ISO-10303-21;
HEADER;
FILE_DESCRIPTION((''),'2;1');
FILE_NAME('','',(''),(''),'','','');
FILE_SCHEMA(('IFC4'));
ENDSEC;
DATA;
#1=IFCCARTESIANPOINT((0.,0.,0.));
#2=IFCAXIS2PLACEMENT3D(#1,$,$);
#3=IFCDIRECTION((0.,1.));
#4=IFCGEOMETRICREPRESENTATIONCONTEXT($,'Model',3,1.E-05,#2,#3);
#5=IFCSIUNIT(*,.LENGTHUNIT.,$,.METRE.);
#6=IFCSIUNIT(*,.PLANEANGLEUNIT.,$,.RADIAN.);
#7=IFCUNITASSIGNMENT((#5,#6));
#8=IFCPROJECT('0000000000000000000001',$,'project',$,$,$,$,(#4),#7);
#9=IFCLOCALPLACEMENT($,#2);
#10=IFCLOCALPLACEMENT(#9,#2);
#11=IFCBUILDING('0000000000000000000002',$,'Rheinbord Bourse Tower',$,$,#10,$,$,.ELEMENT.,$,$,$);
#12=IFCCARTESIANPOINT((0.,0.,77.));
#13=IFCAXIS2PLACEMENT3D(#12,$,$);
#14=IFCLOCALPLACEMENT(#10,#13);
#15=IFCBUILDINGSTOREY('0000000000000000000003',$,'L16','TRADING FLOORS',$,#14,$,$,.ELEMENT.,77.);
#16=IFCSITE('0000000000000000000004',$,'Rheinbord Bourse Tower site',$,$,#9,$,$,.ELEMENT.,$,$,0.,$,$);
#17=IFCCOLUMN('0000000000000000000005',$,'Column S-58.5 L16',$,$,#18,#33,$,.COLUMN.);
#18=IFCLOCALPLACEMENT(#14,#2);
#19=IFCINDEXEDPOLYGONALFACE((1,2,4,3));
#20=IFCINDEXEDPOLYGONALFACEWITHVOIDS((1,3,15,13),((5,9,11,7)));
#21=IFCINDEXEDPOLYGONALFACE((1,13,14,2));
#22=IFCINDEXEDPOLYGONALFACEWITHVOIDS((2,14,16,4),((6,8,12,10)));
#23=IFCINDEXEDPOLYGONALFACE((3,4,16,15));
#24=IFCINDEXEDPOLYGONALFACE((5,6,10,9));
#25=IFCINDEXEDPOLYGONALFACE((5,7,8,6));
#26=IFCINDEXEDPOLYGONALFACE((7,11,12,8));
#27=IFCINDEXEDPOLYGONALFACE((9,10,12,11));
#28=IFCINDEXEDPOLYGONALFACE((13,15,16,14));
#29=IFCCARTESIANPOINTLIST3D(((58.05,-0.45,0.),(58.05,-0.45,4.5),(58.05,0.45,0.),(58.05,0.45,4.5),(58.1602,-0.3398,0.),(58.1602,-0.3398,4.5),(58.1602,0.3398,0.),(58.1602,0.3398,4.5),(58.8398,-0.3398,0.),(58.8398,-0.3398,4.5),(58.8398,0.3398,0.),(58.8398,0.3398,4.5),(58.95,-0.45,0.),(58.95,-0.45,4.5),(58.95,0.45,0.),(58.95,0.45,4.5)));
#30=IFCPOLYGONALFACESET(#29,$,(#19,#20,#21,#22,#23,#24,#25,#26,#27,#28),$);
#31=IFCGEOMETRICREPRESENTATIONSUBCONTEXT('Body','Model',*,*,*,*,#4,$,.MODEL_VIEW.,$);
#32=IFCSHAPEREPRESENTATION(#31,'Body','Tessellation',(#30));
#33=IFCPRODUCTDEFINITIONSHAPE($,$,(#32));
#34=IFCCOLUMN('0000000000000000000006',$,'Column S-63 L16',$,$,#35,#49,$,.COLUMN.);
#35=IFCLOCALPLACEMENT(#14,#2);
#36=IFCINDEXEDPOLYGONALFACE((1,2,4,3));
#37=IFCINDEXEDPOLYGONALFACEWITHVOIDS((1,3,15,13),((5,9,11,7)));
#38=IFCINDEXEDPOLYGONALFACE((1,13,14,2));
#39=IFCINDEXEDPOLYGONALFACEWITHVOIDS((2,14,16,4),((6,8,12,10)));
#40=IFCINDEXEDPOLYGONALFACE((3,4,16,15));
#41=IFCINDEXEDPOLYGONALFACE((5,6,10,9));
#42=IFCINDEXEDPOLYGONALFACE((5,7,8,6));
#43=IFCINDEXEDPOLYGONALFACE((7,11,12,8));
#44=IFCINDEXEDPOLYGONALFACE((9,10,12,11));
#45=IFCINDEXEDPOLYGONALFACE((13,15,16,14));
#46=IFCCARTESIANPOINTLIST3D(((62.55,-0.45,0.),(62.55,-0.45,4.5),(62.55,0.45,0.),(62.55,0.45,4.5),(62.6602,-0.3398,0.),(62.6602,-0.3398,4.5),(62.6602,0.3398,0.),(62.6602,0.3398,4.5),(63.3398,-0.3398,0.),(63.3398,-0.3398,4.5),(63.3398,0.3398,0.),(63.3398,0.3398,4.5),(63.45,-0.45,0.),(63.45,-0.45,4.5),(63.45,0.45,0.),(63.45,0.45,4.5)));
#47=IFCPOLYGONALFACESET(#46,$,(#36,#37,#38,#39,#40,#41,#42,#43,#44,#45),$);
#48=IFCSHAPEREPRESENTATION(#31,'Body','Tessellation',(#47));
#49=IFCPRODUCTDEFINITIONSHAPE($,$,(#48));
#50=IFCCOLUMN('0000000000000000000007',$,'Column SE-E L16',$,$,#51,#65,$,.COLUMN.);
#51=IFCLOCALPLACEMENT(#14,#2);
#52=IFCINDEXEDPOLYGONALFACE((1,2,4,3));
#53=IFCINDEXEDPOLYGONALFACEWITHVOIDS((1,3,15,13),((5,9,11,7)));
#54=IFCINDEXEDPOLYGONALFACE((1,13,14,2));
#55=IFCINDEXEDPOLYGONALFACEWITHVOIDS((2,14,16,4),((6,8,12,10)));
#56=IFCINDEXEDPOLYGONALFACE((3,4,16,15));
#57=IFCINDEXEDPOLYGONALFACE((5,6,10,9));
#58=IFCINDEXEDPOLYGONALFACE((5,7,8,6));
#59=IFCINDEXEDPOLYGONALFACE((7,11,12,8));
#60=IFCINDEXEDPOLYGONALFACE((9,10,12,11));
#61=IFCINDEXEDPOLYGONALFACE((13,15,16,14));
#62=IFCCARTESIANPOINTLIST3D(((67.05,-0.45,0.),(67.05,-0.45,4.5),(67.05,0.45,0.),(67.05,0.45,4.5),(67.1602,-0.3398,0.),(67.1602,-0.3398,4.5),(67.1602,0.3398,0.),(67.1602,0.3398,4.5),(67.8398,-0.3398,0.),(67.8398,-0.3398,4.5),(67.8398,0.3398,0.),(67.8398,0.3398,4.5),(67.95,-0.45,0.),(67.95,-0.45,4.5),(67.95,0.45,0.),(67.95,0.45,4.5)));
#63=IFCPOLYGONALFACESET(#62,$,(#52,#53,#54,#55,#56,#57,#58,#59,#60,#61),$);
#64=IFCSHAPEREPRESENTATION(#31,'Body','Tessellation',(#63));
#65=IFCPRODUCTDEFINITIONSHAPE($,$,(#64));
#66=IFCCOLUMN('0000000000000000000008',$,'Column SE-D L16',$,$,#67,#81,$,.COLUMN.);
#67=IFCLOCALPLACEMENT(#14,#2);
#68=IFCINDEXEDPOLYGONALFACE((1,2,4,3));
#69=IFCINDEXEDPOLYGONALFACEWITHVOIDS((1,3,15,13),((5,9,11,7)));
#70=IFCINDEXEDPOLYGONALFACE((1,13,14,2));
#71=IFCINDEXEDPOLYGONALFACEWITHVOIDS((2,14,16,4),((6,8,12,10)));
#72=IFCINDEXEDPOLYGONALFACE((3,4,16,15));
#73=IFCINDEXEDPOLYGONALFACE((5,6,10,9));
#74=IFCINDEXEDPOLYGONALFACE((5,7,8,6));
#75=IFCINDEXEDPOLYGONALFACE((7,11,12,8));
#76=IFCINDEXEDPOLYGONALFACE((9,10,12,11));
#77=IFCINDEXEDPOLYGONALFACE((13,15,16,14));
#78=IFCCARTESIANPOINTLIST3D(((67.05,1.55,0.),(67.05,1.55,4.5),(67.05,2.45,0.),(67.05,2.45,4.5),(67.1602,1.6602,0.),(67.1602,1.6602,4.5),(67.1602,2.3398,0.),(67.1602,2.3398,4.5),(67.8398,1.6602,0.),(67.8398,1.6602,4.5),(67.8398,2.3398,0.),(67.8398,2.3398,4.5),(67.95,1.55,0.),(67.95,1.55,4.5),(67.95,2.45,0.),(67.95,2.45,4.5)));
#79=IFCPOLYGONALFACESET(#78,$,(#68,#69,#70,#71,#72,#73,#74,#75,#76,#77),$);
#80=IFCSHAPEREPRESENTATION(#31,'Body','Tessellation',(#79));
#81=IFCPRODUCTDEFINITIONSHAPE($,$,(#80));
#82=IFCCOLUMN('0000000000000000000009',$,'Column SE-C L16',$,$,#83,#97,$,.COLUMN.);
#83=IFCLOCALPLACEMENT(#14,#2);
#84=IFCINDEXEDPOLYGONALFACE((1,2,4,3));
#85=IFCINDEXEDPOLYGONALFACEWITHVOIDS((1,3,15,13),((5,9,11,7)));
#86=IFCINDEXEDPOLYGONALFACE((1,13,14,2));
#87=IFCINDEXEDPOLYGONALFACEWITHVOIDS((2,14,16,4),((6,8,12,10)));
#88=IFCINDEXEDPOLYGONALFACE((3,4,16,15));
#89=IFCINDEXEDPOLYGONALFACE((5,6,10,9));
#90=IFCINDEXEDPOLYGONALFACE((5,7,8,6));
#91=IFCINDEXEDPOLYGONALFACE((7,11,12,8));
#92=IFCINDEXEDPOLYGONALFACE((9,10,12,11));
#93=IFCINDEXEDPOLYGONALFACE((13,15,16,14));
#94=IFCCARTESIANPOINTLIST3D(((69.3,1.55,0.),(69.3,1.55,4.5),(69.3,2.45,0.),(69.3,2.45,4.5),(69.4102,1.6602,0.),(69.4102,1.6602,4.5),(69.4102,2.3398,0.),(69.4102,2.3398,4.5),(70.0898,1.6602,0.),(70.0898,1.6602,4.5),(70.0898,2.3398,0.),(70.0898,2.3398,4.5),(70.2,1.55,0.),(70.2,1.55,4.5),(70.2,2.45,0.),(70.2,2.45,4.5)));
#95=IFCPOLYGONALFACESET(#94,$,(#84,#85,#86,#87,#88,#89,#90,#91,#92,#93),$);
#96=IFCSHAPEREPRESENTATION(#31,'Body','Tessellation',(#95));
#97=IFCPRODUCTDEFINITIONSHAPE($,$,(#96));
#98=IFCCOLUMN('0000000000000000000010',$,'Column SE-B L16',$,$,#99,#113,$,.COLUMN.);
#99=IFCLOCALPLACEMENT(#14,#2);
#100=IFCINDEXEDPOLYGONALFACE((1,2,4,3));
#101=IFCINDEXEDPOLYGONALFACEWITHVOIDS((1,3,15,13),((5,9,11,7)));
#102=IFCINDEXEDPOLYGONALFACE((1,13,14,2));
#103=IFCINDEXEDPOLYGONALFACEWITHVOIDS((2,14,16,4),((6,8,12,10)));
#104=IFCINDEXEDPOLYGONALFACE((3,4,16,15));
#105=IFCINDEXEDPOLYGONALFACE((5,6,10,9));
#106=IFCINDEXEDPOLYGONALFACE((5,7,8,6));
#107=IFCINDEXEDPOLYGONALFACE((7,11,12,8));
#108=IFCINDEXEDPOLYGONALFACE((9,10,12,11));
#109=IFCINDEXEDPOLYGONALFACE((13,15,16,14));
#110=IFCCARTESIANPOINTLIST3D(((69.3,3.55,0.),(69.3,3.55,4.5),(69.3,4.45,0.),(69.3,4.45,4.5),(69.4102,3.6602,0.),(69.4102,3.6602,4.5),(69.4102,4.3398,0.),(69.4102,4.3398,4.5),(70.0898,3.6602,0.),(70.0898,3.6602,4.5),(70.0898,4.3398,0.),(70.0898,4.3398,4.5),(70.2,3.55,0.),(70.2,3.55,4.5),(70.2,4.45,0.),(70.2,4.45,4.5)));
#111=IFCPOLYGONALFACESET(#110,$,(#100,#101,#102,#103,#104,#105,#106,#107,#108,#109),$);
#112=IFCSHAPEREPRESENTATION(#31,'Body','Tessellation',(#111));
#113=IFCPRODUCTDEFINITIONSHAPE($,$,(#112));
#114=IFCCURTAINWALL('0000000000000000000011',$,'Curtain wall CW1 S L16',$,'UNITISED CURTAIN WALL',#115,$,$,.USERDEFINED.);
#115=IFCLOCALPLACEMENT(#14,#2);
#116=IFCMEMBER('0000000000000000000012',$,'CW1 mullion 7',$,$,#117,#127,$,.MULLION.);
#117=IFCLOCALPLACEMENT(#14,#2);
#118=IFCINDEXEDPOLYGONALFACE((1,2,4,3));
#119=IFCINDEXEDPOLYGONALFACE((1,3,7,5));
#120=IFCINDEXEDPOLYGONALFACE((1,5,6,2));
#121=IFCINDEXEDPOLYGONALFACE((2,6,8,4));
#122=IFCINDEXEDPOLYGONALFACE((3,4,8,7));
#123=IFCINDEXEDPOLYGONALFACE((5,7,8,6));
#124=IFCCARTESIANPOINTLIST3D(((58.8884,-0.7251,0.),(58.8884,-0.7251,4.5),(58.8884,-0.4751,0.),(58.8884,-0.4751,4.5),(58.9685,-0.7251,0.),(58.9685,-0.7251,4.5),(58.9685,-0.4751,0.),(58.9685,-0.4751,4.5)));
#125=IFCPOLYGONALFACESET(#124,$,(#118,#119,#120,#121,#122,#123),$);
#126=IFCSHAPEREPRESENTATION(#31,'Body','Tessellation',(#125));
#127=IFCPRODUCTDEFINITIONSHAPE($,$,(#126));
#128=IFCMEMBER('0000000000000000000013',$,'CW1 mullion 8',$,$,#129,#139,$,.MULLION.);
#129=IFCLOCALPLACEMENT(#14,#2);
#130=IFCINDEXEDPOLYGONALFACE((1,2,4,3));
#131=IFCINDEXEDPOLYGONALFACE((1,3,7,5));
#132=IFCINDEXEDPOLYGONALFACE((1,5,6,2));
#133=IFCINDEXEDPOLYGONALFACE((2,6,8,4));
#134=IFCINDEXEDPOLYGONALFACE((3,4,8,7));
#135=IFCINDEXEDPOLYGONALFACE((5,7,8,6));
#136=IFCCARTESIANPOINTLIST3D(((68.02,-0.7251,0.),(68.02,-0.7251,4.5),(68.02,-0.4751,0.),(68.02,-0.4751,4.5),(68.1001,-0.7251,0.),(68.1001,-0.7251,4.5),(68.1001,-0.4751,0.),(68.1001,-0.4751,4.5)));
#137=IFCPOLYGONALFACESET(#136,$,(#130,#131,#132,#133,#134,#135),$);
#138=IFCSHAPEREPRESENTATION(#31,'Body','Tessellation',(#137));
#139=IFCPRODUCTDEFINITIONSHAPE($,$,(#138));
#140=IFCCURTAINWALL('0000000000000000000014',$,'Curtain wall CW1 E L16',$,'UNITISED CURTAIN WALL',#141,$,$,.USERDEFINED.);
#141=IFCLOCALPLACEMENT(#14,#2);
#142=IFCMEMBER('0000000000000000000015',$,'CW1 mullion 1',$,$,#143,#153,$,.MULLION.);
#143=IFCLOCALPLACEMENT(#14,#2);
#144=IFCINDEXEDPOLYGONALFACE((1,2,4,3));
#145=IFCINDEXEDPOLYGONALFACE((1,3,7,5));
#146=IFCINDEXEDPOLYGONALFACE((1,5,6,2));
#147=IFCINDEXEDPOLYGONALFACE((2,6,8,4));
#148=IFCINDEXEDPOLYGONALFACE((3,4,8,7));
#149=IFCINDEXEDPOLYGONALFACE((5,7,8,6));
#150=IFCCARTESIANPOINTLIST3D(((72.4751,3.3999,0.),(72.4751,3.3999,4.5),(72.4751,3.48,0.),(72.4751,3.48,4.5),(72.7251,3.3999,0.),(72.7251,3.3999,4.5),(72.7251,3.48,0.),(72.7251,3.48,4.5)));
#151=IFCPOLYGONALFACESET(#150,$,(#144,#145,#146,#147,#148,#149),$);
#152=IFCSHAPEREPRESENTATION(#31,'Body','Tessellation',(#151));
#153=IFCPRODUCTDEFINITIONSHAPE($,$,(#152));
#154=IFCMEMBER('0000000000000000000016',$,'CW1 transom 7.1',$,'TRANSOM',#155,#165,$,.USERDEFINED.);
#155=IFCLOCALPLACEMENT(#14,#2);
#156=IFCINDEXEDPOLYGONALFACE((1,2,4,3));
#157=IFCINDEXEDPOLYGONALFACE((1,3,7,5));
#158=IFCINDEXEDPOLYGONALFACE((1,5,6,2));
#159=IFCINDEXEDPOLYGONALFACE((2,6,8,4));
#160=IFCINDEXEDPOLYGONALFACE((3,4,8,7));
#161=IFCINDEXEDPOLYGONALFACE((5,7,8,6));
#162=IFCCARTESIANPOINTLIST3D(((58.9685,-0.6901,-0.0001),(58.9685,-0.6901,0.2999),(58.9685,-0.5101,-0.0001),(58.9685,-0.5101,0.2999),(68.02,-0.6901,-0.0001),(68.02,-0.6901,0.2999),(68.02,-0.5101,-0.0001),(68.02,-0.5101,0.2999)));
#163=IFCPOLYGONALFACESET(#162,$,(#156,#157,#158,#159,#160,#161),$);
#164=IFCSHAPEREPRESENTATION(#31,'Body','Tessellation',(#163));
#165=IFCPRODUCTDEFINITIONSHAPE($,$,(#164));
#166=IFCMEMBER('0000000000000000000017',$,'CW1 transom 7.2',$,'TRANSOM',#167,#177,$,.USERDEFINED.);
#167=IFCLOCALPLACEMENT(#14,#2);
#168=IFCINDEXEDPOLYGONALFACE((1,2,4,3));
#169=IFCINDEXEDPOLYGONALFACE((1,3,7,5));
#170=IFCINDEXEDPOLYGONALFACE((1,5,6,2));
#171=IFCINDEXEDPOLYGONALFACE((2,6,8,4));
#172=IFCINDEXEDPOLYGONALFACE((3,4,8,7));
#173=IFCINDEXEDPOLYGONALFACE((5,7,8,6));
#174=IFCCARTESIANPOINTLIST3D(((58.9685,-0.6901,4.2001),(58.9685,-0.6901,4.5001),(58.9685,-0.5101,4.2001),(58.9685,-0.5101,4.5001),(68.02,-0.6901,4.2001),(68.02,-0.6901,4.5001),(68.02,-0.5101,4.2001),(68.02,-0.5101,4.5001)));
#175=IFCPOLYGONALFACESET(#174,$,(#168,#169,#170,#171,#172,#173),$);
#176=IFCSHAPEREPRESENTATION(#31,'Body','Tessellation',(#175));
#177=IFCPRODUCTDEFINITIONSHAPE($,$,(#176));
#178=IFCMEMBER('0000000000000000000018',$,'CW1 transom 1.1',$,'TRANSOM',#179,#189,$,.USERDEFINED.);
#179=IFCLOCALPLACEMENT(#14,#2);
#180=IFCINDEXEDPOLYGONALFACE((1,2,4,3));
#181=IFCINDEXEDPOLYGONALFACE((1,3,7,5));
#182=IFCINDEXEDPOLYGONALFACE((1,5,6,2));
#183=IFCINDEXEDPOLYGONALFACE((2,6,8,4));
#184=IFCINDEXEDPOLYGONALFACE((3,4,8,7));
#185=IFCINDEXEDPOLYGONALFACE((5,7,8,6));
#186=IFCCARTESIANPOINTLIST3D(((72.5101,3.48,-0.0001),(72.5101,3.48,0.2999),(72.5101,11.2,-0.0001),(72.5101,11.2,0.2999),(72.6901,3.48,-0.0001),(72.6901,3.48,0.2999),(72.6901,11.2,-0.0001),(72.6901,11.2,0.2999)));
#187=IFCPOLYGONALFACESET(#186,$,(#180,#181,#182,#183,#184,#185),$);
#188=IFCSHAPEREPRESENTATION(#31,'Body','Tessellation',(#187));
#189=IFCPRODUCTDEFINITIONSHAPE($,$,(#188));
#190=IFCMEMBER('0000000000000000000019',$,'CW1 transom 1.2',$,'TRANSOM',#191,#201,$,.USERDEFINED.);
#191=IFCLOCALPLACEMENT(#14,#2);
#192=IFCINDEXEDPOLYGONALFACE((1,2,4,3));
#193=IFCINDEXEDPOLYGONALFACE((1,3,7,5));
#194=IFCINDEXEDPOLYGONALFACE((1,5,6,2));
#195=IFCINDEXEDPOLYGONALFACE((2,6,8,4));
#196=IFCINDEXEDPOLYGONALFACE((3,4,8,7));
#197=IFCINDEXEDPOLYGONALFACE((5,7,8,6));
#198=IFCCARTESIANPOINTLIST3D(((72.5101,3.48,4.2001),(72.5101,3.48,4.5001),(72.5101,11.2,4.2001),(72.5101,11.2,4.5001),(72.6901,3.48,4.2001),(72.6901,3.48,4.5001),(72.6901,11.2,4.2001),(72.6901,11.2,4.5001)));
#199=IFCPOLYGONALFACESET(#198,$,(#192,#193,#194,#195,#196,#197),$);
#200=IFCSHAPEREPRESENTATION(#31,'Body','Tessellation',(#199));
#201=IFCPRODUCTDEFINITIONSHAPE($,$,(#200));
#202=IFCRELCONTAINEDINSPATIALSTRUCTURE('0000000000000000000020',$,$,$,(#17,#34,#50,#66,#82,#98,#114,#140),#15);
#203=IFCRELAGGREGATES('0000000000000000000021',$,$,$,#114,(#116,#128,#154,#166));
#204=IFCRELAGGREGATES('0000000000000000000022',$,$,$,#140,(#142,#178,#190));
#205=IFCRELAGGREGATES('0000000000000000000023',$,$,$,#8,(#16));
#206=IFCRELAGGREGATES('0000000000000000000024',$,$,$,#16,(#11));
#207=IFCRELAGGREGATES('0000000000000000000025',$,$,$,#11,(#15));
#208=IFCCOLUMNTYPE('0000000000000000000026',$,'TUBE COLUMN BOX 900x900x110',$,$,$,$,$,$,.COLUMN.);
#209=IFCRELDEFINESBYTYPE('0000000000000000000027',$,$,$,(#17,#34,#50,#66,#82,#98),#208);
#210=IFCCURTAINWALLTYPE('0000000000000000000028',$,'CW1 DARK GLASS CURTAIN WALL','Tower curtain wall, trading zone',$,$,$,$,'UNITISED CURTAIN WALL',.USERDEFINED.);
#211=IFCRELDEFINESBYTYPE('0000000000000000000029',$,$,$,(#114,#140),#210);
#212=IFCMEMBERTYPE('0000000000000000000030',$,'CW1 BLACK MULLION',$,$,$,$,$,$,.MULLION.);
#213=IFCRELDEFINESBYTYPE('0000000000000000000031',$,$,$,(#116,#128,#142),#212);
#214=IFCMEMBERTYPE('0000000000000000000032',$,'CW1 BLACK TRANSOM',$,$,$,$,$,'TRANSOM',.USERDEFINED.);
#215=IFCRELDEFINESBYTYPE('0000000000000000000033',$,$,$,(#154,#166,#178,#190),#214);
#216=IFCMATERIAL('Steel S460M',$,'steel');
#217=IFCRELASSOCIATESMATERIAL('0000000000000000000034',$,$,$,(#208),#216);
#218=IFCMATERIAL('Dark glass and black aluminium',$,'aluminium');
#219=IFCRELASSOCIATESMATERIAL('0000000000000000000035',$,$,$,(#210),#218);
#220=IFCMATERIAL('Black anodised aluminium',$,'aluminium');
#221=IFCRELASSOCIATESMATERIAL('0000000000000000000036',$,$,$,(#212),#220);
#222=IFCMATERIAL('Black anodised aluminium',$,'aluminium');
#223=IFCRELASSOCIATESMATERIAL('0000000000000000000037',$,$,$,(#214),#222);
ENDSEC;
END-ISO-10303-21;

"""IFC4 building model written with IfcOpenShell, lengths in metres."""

from ifc_helpers import new_model, si_unit, direction, frame, origin, origin_2d, place, context, subcontext, project, spatial, rectangle, hollow_rectangle, extrude, material, material_profile, profile_set, type_object, element, aggregate, save


model = new_model("IFC4")

# Units and contexts
model_context = context("Model", 3, precision=1e-05, world=origin(), true_north=direction((0.0, 1.0)))
body_context = subcontext(model_context, "Body", "Model", "MODEL_VIEW")
ifc_project = project(units=[si_unit("LENGTHUNIT", "METRE"), si_unit("PLANEANGLEUNIT", "RADIAN")], contexts=[model_context])

# Site, building, storey
site_placement = place(None, origin())
site = spatial("IfcSite", under=ifc_project, at=site_placement, Name="Rheinbord Bourse Tower site", CompositionType="ELEMENT", RefElevation=0.0)
building_placement = place(site_placement, origin())
building = spatial("IfcBuilding", under=site, at=building_placement, Name="Rheinbord Bourse Tower", CompositionType="ELEMENT")
storey_placement = place(building_placement, frame((0.0, 0.0, 77.0)))
storey = spatial("IfcBuildingStorey", under=building, at=storey_placement, Name="L16", Description="TRADING FLOORS", CompositionType="ELEMENT", Elevation=77.0)

# Columns
ifc_material_1 = material(Name="Steel S460M", Category="steel")
ifc_material_profile_1 = material_profile(ifc_material_1, hollow_rectangle(XDim=0.8999, YDim=0.8999, WallThickness=0.1101, at=origin_2d()), Name="BOX 900x900x110")
ifc_profile_set_1 = profile_set([ifc_material_profile_1], Name="Steel S460M")
column_type = type_object("IfcColumnType", Name="TUBE COLUMN BOX 900x900x110", PredefinedType="COLUMN", material=ifc_profile_set_1)
for number, where, z_axis, x_axis, name in (
    (1, (58.5, 0.0, 0.0), (0.0, 0.0, 1.0), (0.0, 1.0, 0.0), "Column S-58.5 L16"),
    (2, (63.0, 0.0, 0.0), (0.0, 0.0, 1.0), (0.0, 1.0, 0.0), "Column S-63 L16"),
    (3, (67.5, 0.0, 0.0), (0.0, 0.0, 1.0), (0.0, 1.0, 0.0), "Column SE-E L16"),
    (4, (67.5, 2.0, 0.0), (0.0, 0.0, 1.0), (0.0, 1.0, 0.0), "Column SE-D L16"),
    (5, (69.75, 2.0, 0.0), (0.0, 0.0, 1.0), (1.0, 0.0, 0.0), "Column SE-C L16"),
    (6, (69.75, 4.0, 0.0), (0.0, 0.0, 1.0), (1.0, 0.0, 0.0), "Column SE-B L16"),
):
    element("IfcColumn", number, at=place(storey_placement, frame(where, z_axis=z_axis, x_axis=x_axis)), inside=storey, type_object=column_type, Name=name, PredefinedType="COLUMN", context=body_context, shape_type="SweptSolid", body=[
        extrude(hollow_rectangle(XDim=0.8999, YDim=0.8999, WallThickness=0.1101, at=origin_2d()), origin(), (0.0, 0.0, 1.0), 4.5),
    ])

# Curtain wall, members
ifc_material_2 = material(Name="Dark glass and black aluminium", Category="aluminium")
curtain_wall_type = type_object("IfcCurtainWallType", Name="CW1 DARK GLASS CURTAIN WALL", Description="Tower curtain wall, trading zone", ElementType="UNITISED CURTAIN WALL", PredefinedType="USERDEFINED", material=ifc_material_2)
curtain_wall_1_placement = place(storey_placement, origin())
curtain_wall_1 = element("IfcCurtainWall", 7, at=curtain_wall_1_placement, inside=storey, type_object=curtain_wall_type, Name="Curtain wall CW1 S L16", ObjectType="UNITISED CURTAIN WALL", PredefinedType="USERDEFINED")
ifc_material_3 = material(Name="Black anodised aluminium", Category="aluminium")
ifc_material_profile_2 = material_profile(ifc_material_3, rectangle(XDim=0.25, YDim=0.0801, at=origin_2d()), Name="CW1 MULLION 80x250")
ifc_profile_set_2 = profile_set([ifc_material_profile_2], Name="Black anodised aluminium")
member_type_1 = type_object("IfcMemberType", Name="CW1 BLACK MULLION", PredefinedType="MULLION", material=ifc_profile_set_2)
member_1_placement = place(storey_placement, frame((58.9285, -0.6001, 0.0), z_axis=(0.0, 0.0, 1.0), x_axis=(0.0, 1.0, 0.0)))
member_1 = element("IfcMember", 8, at=member_1_placement, type_object=member_type_1, Name="CW1 mullion 7", PredefinedType="MULLION", context=body_context, shape_type="SweptSolid", body=[
    extrude(rectangle(XDim=0.25, YDim=0.0801, at=origin_2d()), origin(), (0.0, 0.0, 1.0), 4.5),
])
member_2_placement = place(storey_placement, frame((68.0601, -0.6001, 0.0), z_axis=(0.0, 0.0, 1.0), x_axis=(0.0, 1.0, 0.0)))
member_2 = element("IfcMember", 9, at=member_2_placement, type_object=member_type_1, Name="CW1 mullion 8", PredefinedType="MULLION", context=body_context, shape_type="SweptSolid", body=[
    extrude(rectangle(XDim=0.25, YDim=0.0801, at=origin_2d()), origin(), (0.0, 0.0, 1.0), 4.5),
])

# Curtain wall, member
curtain_wall_2_placement = place(storey_placement, origin())
curtain_wall_2 = element("IfcCurtainWall", 10, at=curtain_wall_2_placement, inside=storey, type_object=curtain_wall_type, Name="Curtain wall CW1 E L16", ObjectType="UNITISED CURTAIN WALL", PredefinedType="USERDEFINED")
member_3_placement = place(storey_placement, frame((72.6001, 3.4399, 0.0), z_axis=(0.0, 0.0, 1.0), x_axis=(-1.0, 0.0, 0.0)))
member_3 = element("IfcMember", 11, at=member_3_placement, type_object=member_type_1, Name="CW1 mullion 1", PredefinedType="MULLION", context=body_context, shape_type="SweptSolid", body=[
    extrude(rectangle(XDim=0.25, YDim=0.0801, at=origin_2d()), origin(), (0.0, 0.0, 1.0), 4.5),
])

# Members
ifc_material_4 = material(Name="Black anodised aluminium", Category="aluminium")
ifc_material_profile_3 = material_profile(ifc_material_4, rectangle(XDim=0.1799, YDim=0.3, at=origin_2d()), Name="CW1 TRANSOM 300x180")
ifc_profile_set_3 = profile_set([ifc_material_profile_3], Name="Black anodised aluminium")
member_type_2 = type_object("IfcMemberType", Name="CW1 BLACK TRANSOM", ElementType="TRANSOM", PredefinedType="USERDEFINED", material=ifc_profile_set_3)
member_4_placement = place(storey_placement, frame((58.9685, -0.6001, 0.1499), z_axis=(1.0, 0.0, 0.0), x_axis=(0.0, 1.0, 0.0)))
member_4 = element("IfcMember", 12, at=member_4_placement, type_object=member_type_2, Name="CW1 transom 7.1", ObjectType="TRANSOM", PredefinedType="USERDEFINED", context=body_context, shape_type="SweptSolid", body=[
    extrude(rectangle(XDim=0.1799, YDim=0.3, at=origin_2d()), origin(), (0.0, 0.0, 1.0), 9.0515),
])
member_5_placement = place(storey_placement, frame((58.9685, -0.6001, 4.3501), z_axis=(1.0, 0.0, 0.0), x_axis=(0.0, 1.0, 0.0)))
member_5 = element("IfcMember", 13, at=member_5_placement, type_object=member_type_2, Name="CW1 transom 7.2", ObjectType="TRANSOM", PredefinedType="USERDEFINED", context=body_context, shape_type="SweptSolid", body=[
    extrude(rectangle(XDim=0.1799, YDim=0.3, at=origin_2d()), origin(), (0.0, 0.0, 1.0), 9.0515),
])
member_6_placement = place(storey_placement, frame((72.6001, 3.48, 0.1499), z_axis=(0.0, 1.0, 0.0), x_axis=(-1.0, 0.0, 0.0)))
member_6 = element("IfcMember", 14, at=member_6_placement, type_object=member_type_2, Name="CW1 transom 1.1", ObjectType="TRANSOM", PredefinedType="USERDEFINED", context=body_context, shape_type="SweptSolid", body=[
    extrude(rectangle(XDim=0.1799, YDim=0.3, at=origin_2d()), origin(), (0.0, 0.0, 1.0), 7.72),
])
member_7_placement = place(storey_placement, frame((72.6001, 3.48, 4.3501), z_axis=(0.0, 1.0, 0.0), x_axis=(-1.0, 0.0, 0.0)))
member_7 = element("IfcMember", 15, at=member_7_placement, type_object=member_type_2, Name="CW1 transom 1.2", ObjectType="TRANSOM", PredefinedType="USERDEFINED", context=body_context, shape_type="SweptSolid", body=[
    extrude(rectangle(XDim=0.1799, YDim=0.3, at=origin_2d()), origin(), (0.0, 0.0, 1.0), 7.72),
])

aggregate(curtain_wall_1, [member_1, member_2, member_4, member_5])
aggregate(curtain_wall_2, [member_3, member_6, member_7])

save(model, "model.ifc")
